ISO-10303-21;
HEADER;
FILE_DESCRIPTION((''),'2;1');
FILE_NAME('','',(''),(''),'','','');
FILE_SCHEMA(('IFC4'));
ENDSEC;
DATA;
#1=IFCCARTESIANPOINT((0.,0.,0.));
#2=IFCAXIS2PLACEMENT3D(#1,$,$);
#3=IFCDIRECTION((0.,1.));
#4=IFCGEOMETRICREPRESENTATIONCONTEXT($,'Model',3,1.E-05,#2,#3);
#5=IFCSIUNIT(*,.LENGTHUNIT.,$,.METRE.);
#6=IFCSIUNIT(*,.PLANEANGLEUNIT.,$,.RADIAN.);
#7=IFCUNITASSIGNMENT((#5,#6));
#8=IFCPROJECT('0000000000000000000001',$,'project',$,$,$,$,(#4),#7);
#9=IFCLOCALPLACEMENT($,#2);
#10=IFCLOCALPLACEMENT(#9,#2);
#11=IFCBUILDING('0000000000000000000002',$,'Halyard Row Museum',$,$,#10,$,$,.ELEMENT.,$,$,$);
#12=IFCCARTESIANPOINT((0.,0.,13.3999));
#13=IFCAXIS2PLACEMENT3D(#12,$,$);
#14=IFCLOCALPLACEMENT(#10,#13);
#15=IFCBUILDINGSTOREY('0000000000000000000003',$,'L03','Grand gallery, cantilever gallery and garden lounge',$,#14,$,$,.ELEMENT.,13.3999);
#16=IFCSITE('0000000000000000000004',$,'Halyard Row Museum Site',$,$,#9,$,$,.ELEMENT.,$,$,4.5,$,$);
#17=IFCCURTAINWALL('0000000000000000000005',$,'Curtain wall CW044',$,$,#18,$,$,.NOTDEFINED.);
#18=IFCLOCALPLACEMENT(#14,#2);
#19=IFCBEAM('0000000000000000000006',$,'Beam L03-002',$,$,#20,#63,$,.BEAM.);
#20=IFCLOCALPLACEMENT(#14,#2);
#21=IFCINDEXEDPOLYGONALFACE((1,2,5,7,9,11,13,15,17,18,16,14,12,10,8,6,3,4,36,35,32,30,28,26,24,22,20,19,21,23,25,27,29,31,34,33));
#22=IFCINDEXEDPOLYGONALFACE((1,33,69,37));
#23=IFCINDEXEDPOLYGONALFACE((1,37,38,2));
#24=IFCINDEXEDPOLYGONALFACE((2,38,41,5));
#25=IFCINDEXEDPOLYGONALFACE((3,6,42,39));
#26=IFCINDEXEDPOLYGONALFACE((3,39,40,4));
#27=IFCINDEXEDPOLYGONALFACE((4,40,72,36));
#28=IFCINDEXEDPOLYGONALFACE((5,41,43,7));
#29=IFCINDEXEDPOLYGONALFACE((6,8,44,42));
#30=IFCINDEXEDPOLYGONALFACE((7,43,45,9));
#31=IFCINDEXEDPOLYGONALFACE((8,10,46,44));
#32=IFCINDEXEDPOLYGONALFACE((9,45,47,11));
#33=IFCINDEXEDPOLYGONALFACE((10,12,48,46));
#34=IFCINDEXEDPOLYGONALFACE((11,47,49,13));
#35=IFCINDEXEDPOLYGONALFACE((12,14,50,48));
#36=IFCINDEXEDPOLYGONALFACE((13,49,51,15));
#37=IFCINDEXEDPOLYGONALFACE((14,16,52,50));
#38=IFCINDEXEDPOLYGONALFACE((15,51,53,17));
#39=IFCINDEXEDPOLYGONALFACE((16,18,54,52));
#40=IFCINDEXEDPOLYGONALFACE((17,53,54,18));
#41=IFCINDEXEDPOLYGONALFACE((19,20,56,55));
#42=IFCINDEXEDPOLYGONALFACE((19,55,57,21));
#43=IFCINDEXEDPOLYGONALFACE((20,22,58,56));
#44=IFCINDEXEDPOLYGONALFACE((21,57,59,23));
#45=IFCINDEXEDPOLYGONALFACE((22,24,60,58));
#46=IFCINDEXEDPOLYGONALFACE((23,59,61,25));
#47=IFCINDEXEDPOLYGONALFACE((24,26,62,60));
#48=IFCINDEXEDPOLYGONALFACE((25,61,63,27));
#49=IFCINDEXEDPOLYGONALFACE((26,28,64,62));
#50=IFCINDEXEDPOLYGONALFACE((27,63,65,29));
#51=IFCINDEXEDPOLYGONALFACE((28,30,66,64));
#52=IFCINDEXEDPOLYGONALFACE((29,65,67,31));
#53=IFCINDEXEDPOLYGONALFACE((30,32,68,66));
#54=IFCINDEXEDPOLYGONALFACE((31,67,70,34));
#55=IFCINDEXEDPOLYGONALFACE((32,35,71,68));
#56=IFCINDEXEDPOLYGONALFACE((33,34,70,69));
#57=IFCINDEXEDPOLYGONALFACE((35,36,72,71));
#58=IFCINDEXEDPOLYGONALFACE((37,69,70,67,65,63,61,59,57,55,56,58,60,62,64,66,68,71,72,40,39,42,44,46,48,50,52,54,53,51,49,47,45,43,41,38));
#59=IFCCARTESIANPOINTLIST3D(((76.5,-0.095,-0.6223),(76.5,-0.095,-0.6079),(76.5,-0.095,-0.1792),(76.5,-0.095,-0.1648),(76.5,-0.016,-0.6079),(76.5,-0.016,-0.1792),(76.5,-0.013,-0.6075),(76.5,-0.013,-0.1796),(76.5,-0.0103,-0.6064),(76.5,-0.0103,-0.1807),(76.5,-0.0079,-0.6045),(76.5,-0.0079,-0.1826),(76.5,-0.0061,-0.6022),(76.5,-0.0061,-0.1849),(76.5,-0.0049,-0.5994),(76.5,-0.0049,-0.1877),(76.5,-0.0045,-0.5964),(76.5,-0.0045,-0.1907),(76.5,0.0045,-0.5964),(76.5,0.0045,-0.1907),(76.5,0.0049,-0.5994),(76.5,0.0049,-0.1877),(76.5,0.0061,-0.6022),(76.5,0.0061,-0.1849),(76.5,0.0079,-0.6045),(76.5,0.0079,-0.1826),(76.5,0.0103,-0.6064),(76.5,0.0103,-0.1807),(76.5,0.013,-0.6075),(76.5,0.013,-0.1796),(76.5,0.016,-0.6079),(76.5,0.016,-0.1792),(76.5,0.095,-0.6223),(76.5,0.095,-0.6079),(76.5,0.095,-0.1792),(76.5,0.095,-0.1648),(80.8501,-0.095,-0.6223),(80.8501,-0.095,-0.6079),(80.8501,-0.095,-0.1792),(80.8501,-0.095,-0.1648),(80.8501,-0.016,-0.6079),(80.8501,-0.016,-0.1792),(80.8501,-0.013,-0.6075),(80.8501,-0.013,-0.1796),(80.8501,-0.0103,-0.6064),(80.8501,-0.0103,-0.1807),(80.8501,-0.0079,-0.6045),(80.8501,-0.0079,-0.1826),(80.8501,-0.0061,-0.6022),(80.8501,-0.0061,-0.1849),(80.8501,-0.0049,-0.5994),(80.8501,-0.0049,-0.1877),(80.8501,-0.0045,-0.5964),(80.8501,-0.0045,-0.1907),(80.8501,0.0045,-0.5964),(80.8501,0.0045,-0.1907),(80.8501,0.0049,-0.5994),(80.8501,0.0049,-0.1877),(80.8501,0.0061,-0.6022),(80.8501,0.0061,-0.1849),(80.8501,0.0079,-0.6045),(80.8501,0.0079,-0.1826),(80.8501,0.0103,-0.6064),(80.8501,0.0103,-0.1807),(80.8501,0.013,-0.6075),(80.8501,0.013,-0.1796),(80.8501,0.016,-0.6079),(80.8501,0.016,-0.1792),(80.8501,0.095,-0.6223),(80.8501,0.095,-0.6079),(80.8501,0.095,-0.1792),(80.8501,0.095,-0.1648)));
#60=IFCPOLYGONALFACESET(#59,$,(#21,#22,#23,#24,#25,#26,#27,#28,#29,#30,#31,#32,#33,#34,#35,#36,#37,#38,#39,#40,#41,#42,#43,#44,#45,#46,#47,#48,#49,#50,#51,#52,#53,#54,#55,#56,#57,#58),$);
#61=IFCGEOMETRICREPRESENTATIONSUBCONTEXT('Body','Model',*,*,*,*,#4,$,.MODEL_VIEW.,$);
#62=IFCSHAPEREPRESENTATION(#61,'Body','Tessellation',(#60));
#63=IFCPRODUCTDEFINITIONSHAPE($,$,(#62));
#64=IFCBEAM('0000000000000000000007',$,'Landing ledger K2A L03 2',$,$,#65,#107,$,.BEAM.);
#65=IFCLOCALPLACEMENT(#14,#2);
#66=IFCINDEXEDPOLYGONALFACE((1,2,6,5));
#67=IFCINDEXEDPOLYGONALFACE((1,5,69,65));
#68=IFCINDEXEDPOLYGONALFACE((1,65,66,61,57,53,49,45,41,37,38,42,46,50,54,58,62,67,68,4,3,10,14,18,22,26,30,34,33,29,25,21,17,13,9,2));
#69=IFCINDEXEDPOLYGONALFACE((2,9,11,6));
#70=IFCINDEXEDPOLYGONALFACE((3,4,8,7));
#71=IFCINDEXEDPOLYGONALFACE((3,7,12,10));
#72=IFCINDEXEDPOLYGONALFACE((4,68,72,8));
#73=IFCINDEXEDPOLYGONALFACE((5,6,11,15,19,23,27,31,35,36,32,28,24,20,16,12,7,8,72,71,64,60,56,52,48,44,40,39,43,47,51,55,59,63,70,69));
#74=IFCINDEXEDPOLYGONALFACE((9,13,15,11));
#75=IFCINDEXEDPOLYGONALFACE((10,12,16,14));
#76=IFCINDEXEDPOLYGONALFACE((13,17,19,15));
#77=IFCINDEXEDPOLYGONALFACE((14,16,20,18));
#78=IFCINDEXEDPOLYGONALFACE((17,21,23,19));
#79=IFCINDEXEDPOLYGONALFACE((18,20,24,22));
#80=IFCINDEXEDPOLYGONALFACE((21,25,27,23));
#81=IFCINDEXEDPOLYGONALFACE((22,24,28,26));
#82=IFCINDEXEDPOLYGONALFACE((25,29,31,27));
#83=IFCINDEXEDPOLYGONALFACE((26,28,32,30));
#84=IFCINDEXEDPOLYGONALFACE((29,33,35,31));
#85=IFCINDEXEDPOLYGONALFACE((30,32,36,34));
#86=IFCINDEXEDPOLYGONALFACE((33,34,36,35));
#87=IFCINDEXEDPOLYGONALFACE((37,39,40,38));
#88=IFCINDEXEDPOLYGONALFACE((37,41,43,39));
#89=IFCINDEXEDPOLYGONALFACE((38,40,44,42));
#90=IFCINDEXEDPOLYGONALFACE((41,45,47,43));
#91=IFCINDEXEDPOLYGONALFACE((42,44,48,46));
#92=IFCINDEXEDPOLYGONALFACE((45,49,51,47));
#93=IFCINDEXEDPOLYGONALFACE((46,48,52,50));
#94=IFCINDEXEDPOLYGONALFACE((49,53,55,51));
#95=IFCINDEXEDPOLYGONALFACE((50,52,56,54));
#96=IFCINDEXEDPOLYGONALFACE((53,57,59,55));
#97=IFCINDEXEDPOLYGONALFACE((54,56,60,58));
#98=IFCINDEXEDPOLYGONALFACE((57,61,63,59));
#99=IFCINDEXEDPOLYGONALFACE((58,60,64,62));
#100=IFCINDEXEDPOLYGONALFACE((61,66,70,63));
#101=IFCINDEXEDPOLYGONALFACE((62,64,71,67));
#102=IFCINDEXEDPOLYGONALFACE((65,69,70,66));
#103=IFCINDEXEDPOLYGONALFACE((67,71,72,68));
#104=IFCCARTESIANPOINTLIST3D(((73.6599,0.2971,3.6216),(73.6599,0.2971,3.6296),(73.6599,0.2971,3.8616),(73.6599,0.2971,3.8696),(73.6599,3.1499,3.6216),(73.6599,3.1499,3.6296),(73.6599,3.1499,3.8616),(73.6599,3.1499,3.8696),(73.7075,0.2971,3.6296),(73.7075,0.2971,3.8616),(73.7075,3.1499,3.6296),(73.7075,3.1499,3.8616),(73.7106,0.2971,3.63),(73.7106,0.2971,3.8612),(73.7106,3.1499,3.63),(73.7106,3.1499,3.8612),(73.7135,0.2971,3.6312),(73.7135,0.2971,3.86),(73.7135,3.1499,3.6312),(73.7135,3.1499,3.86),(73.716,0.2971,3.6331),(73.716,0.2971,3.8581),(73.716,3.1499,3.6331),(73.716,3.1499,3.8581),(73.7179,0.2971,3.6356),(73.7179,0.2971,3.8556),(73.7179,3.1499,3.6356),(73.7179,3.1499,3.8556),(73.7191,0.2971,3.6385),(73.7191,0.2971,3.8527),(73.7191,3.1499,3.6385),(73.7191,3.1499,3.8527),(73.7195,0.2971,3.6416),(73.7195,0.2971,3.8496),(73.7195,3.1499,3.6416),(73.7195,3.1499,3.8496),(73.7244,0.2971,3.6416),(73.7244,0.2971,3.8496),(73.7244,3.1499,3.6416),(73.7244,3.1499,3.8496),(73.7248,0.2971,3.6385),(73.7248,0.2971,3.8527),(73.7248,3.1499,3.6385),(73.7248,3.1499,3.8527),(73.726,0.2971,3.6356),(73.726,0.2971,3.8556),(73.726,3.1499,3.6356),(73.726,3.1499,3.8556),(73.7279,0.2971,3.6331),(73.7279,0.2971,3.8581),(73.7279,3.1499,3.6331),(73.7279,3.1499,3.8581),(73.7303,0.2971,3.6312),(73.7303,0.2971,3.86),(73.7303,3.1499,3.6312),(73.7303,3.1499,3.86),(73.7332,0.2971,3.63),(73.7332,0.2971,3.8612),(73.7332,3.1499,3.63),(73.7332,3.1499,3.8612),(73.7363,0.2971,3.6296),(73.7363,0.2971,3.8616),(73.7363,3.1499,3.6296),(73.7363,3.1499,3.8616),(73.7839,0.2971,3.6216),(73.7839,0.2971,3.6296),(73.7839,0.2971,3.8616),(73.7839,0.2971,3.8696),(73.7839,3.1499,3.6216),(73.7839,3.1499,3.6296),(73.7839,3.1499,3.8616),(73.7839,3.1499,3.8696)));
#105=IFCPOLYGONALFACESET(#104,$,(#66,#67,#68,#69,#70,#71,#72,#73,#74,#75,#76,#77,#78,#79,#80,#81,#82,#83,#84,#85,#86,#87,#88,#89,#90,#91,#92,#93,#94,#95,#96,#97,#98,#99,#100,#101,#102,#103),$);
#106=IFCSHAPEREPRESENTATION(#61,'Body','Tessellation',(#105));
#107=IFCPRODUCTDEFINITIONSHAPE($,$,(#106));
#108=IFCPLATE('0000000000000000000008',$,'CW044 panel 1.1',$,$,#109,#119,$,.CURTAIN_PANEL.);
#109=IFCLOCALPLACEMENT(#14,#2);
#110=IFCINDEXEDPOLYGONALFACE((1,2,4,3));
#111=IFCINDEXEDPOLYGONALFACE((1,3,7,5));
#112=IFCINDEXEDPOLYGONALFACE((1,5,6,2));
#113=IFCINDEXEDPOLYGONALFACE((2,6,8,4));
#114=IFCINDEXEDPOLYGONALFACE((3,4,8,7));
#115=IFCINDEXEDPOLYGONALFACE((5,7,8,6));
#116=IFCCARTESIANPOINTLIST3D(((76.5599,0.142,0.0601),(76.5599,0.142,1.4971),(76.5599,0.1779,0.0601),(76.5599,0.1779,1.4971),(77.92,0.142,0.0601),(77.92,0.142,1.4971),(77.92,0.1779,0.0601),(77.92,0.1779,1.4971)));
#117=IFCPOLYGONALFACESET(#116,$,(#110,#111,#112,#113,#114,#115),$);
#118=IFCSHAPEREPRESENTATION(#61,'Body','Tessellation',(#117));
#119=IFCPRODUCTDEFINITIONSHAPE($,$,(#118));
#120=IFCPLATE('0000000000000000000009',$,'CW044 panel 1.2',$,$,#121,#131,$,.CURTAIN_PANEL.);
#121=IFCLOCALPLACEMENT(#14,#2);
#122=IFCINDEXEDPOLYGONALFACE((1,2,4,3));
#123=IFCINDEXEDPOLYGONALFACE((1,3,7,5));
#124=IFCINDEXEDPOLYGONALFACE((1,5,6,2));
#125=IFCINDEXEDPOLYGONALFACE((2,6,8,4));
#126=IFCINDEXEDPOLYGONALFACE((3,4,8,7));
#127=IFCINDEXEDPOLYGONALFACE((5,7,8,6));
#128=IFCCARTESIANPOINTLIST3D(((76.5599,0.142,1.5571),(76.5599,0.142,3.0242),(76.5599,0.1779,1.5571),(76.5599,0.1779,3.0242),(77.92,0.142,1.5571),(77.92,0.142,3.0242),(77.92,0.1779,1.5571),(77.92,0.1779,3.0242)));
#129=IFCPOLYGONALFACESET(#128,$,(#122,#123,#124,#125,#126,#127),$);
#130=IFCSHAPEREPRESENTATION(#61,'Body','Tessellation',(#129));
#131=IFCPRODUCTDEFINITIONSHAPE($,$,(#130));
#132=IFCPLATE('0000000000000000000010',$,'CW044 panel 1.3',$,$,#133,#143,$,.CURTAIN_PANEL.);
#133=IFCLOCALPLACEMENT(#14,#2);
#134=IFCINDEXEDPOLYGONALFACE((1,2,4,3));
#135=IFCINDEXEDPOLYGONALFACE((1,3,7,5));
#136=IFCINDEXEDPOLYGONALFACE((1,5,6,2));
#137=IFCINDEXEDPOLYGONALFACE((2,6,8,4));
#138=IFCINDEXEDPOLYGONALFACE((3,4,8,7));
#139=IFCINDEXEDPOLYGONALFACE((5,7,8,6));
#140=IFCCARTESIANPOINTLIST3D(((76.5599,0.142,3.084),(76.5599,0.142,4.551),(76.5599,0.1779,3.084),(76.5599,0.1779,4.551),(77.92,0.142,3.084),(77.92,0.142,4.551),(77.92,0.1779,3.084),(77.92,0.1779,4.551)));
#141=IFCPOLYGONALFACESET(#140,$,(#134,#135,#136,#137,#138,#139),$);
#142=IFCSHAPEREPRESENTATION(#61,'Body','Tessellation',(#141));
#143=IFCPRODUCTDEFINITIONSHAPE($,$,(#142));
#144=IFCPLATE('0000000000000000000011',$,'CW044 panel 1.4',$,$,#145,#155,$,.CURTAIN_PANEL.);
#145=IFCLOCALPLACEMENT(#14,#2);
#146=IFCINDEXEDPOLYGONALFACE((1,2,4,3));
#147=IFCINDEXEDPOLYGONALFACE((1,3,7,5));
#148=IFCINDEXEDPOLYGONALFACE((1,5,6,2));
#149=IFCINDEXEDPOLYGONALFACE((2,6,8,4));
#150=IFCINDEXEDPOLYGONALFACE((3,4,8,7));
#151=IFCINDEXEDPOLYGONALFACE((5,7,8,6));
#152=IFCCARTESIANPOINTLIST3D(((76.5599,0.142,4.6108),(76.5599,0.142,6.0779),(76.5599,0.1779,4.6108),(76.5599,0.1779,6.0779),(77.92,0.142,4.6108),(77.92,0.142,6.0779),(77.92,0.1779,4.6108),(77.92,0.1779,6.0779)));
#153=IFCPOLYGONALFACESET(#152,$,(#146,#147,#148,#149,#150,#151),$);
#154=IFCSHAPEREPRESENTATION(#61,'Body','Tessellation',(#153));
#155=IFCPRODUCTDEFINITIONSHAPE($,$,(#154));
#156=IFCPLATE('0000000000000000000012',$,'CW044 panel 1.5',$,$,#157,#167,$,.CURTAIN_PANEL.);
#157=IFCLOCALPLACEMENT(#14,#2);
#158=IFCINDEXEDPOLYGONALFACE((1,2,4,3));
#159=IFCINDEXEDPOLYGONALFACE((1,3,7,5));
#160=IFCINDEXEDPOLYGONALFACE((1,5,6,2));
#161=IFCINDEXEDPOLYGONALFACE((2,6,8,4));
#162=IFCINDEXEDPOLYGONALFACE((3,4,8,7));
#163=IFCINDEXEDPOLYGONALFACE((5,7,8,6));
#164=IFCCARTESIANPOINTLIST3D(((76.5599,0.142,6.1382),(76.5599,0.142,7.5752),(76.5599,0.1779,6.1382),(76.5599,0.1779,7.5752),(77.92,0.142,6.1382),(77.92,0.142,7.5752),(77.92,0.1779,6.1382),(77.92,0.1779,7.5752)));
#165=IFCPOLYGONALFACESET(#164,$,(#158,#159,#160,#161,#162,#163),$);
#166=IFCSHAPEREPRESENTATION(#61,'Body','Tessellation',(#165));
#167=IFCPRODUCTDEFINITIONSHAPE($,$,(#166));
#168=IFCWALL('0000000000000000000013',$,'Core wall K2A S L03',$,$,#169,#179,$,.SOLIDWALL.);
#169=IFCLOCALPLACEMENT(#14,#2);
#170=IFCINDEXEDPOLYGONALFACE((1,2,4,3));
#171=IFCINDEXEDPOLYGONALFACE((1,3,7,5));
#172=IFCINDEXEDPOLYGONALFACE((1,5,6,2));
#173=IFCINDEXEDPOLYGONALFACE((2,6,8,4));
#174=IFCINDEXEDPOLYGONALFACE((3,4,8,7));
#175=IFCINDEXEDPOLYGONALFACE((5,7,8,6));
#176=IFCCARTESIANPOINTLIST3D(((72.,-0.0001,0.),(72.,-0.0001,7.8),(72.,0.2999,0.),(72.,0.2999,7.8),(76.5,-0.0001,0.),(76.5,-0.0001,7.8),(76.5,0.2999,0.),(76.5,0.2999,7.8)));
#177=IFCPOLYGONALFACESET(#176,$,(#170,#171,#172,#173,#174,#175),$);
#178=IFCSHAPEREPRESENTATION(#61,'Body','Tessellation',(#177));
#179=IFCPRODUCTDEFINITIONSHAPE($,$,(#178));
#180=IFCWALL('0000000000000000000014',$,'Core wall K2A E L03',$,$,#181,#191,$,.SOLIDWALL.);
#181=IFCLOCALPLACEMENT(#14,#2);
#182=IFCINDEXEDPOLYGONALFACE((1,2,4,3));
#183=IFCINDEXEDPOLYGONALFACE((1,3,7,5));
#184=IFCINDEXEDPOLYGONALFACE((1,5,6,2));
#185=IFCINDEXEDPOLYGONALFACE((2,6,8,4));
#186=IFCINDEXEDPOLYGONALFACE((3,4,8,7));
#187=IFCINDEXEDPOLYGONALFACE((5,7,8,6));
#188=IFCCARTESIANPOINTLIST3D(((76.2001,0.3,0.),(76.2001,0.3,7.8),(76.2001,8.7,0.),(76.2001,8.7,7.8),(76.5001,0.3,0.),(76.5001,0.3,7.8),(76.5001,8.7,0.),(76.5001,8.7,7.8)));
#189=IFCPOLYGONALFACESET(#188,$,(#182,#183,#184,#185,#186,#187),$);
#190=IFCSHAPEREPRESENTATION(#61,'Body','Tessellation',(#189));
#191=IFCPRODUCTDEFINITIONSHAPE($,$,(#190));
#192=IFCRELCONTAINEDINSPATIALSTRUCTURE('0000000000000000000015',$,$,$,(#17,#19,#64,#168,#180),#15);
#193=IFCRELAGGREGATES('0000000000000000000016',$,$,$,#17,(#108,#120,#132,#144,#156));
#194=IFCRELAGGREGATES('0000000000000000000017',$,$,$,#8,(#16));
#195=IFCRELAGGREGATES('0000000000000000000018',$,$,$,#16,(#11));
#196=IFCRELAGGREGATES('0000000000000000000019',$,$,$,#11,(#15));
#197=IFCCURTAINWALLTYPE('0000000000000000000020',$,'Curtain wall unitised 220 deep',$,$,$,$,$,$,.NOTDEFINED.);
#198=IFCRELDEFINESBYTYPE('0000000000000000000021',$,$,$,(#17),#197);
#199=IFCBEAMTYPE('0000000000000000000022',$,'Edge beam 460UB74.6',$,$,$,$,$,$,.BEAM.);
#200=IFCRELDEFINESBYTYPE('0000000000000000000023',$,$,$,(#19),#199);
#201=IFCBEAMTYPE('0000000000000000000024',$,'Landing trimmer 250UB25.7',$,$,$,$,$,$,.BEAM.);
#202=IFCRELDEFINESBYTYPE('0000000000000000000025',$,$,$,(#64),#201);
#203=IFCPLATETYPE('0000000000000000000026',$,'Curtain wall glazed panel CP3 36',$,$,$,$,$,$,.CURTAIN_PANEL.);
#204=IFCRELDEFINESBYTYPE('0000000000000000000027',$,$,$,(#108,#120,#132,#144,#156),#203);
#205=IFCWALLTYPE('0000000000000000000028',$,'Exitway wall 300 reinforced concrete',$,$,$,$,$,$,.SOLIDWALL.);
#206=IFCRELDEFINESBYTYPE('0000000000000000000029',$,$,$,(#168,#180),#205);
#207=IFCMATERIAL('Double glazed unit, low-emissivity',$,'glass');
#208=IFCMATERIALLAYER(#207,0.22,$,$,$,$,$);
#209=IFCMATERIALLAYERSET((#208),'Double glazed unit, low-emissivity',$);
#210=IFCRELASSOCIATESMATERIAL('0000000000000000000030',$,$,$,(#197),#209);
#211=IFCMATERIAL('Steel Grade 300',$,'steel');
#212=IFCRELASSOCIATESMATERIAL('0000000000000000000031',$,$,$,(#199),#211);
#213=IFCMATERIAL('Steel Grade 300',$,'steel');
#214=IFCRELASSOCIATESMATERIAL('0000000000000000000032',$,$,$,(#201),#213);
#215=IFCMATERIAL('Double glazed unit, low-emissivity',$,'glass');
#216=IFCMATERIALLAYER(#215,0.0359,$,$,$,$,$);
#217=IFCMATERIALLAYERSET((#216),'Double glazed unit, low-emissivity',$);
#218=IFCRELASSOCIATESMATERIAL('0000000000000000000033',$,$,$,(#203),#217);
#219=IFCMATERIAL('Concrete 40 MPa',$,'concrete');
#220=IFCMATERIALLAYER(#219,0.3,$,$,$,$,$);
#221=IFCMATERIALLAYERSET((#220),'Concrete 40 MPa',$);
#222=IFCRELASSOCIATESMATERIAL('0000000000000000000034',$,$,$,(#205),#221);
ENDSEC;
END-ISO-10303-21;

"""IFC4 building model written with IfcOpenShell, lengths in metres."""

from ifc_helpers import new_model, si_unit, direction, frame, frame_2d, origin, origin_2d, place, context, subcontext, project, spatial, rectangle, i_section, extrude, material, layer, layer_set, material_profile, profile_set, type_object, element, aggregate, save


model = new_model("IFC4")

# Units and contexts
model_context = context("Model", 3, precision=1e-05, world=origin(), true_north=direction((0.0, 1.0)))
body_context = subcontext(model_context, "Body", "Model", "MODEL_VIEW")
ifc_project = project(units=[si_unit("LENGTHUNIT", "METRE"), si_unit("PLANEANGLEUNIT", "RADIAN")], contexts=[model_context])

# Site, building, storey
site_placement = place(None, origin())
site = spatial("IfcSite", under=ifc_project, at=site_placement, Name="Halyard Row Museum Site", CompositionType="ELEMENT", RefElevation=4.5)
building_placement = place(site_placement, origin())
building = spatial("IfcBuilding", under=site, at=building_placement, Name="Halyard Row Museum", CompositionType="ELEMENT")
storey_placement = place(building_placement, frame((0.0, 0.0, 13.3999)))
storey = spatial("IfcBuildingStorey", under=building, at=storey_placement, Name="L03", Description="Grand gallery, cantilever gallery and garden lounge", CompositionType="ELEMENT", Elevation=13.3999)

# Curtain wall
ifc_material_1 = material(Name="Double glazed unit, low-emissivity", Category="glass")
ifc_layer_1 = layer(ifc_material_1, 0.22)
ifc_layer_set_1 = layer_set([ifc_layer_1], Name="Double glazed unit, low-emissivity")
curtain_wall_type = type_object("IfcCurtainWallType", Name="Curtain wall unitised 220 deep", PredefinedType="NOTDEFINED", material=ifc_layer_set_1)
curtain_wall_placement = place(storey_placement, origin())
curtain_wall = element("IfcCurtainWall", 1, at=curtain_wall_placement, inside=storey, type_object=curtain_wall_type, Name="Curtain wall CW044", PredefinedType="NOTDEFINED")

# Beams
ifc_material_2 = material(Name="Steel Grade 300", Category="steel")
ifc_material_profile_1 = material_profile(ifc_material_2, i_section(OverallWidth=0.1899, OverallDepth=0.4575, WebThickness=0.009, FlangeThickness=0.0144, FilletRadius=0.0115, at=origin_2d()), Name="460UB74.6")
ifc_profile_set_1 = profile_set([ifc_material_profile_1], Name="Steel Grade 300")
beam_type_1 = type_object("IfcBeamType", Name="Edge beam 460UB74.6", PredefinedType="BEAM", material=ifc_profile_set_1)
beam_1_placement = place(storey_placement, frame((76.5, 0.0, -0.3936), z_axis=(1.0, 0.0, 0.0), x_axis=(0.0, 1.0, 0.0)))
element("IfcBeam", 2, at=beam_1_placement, inside=storey, type_object=beam_type_1, Name="Beam L03-002", PredefinedType="BEAM", context=body_context, shape_type="SweptSolid", body=[
    extrude(i_section(OverallWidth=0.1899, OverallDepth=0.4575, WebThickness=0.009, FlangeThickness=0.0144, FilletRadius=0.0115, at=origin_2d()), origin(), (0.0, 0.0, 1.0), 4.3501),
])
ifc_material_3 = material(Name="Steel Grade 300", Category="steel")
ifc_material_profile_2 = material_profile(ifc_material_3, i_section(OverallWidth=0.124, OverallDepth=0.248, WebThickness=0.0049, FlangeThickness=0.0081, FilletRadius=0.012, at=origin_2d()), Name="250UB25.7")
ifc_profile_set_2 = profile_set([ifc_material_profile_2], Name="Steel Grade 300")
beam_type_2 = type_object("IfcBeamType", Name="Landing trimmer 250UB25.7", PredefinedType="BEAM", material=ifc_profile_set_2)
beam_2_placement = place(storey_placement, frame((73.7219, 0.2971, 3.7456), z_axis=(0.0, 1.0, 0.0), x_axis=(-1.0, 0.0, 0.0)))
element("IfcBeam", 3, at=beam_2_placement, inside=storey, type_object=beam_type_2, Name="Landing ledger K2A L03 2", PredefinedType="BEAM", context=body_context, shape_type="SweptSolid", body=[
    extrude(i_section(OverallWidth=0.124, OverallDepth=0.248, WebThickness=0.0049, FlangeThickness=0.0081, FilletRadius=0.012, at=origin_2d()), origin(), (0.0, 0.0, 1.0), 2.8528),
])

# Plates
ifc_material_4 = material(Name="Double glazed unit, low-emissivity", Category="glass")
ifc_layer_2 = layer(ifc_material_4, 0.0359)
ifc_layer_set_2 = layer_set([ifc_layer_2], Name="Double glazed unit, low-emissivity")
plate_type = type_object("IfcPlateType", Name="Curtain wall glazed panel CP3 36", PredefinedType="CURTAIN_PANEL", material=ifc_layer_set_2)
plate_1_placement = place(storey_placement, frame((77.24, 0.1599, 0.0601), z_axis=(0.0, 0.0, 1.0), x_axis=(1.0, 0.0, 0.0)))
plate_1 = element("IfcPlate", 4, at=plate_1_placement, type_object=plate_type, Name="CW044 panel 1.1", PredefinedType="CURTAIN_PANEL", context=body_context, shape_type="SweptSolid", body=[
    extrude(rectangle(XDim=1.3601, YDim=0.0359, at=origin_2d()), origin(), (0.0, 0.0, 1.0), 1.437),
])
plate_2_placement = place(storey_placement, frame((77.24, 0.1599, 1.5571), z_axis=(0.0, 0.0, 1.0), x_axis=(1.0, 0.0, 0.0)))
plate_2 = element("IfcPlate", 5, at=plate_2_placement, type_object=plate_type, Name="CW044 panel 1.2", PredefinedType="CURTAIN_PANEL", context=body_context, shape_type="SweptSolid", body=[
    extrude(rectangle(XDim=1.3601, YDim=0.0359, at=origin_2d()), origin(), (0.0, 0.0, 1.0), 1.467),
])
plate_3_placement = place(storey_placement, frame((77.24, 0.1599, 3.084), z_axis=(0.0, 0.0, 1.0), x_axis=(1.0, 0.0, 0.0)))
plate_3 = element("IfcPlate", 6, at=plate_3_placement, type_object=plate_type, Name="CW044 panel 1.3", PredefinedType="CURTAIN_PANEL", context=body_context, shape_type="SweptSolid", body=[
    extrude(rectangle(XDim=1.3601, YDim=0.0359, at=origin_2d()), origin(), (0.0, 0.0, 1.0), 1.467),
])
plate_4_placement = place(storey_placement, frame((77.24, 0.1599, 4.6108), z_axis=(0.0, 0.0, 1.0), x_axis=(1.0, 0.0, 0.0)))
plate_4 = element("IfcPlate", 7, at=plate_4_placement, type_object=plate_type, Name="CW044 panel 1.4", PredefinedType="CURTAIN_PANEL", context=body_context, shape_type="SweptSolid", body=[
    extrude(rectangle(XDim=1.3601, YDim=0.0359, at=origin_2d()), origin(), (0.0, 0.0, 1.0), 1.467),
])
plate_5_placement = place(storey_placement, frame((77.24, 0.1599, 6.1382), z_axis=(0.0, 0.0, 1.0), x_axis=(1.0, 0.0, 0.0)))
plate_5 = element("IfcPlate", 8, at=plate_5_placement, type_object=plate_type, Name="CW044 panel 1.5", PredefinedType="CURTAIN_PANEL", context=body_context, shape_type="SweptSolid", body=[
    extrude(rectangle(XDim=1.3601, YDim=0.0359, at=origin_2d()), origin(), (0.0, 0.0, 1.0), 1.437),
])
aggregate(curtain_wall, [plate_1, plate_2, plate_3, plate_4, plate_5])

# Walls
ifc_material_5 = material(Name="Concrete 40 MPa", Category="concrete")
ifc_layer_3 = layer(ifc_material_5, 0.3)
ifc_layer_set_3 = layer_set([ifc_layer_3], Name="Concrete 40 MPa")
wall_type_1 = type_object("IfcWallType", Name="Exitway wall 300 reinforced concrete", PredefinedType="SOLIDWALL", material=ifc_layer_set_3)
wall_placement = place(storey_placement, frame((72.0, 0.1499, 0.0), z_axis=(0.0, 0.0, 1.0), x_axis=(1.0, 0.0, 0.0)))
element("IfcWall", 9, at=wall_placement, inside=storey, type_object=wall_type_1, Name="Core wall K2A S L03", PredefinedType="SOLIDWALL", context=body_context, shape_type="SweptSolid", body=[
    extrude(rectangle(XDim=4.5, YDim=0.3, at=frame_2d((2.25, 0.0))), origin(), (0.0, 0.0, 1.0), 7.8),
])
for number, where, z_axis, x_axis, name in (
    (10, (76.3501, 0.3, 0.0), (0.0, 0.0, 1.0), (0.0, 1.0, 0.0), "Core wall K2A E L03"),
):
    element("IfcWall", number, at=place(storey_placement, frame(where, z_axis=z_axis, x_axis=x_axis)), inside=storey, type_object=wall_type_1, Name=name, PredefinedType="SOLIDWALL", context=body_context, shape_type="SweptSolid", body=[
        extrude(rectangle(XDim=8.3999, YDim=0.3, at=frame_2d((4.2, 0.0))), origin(), (0.0, 0.0, 1.0), 7.8),
    ])

save(model, "model.ifc")
